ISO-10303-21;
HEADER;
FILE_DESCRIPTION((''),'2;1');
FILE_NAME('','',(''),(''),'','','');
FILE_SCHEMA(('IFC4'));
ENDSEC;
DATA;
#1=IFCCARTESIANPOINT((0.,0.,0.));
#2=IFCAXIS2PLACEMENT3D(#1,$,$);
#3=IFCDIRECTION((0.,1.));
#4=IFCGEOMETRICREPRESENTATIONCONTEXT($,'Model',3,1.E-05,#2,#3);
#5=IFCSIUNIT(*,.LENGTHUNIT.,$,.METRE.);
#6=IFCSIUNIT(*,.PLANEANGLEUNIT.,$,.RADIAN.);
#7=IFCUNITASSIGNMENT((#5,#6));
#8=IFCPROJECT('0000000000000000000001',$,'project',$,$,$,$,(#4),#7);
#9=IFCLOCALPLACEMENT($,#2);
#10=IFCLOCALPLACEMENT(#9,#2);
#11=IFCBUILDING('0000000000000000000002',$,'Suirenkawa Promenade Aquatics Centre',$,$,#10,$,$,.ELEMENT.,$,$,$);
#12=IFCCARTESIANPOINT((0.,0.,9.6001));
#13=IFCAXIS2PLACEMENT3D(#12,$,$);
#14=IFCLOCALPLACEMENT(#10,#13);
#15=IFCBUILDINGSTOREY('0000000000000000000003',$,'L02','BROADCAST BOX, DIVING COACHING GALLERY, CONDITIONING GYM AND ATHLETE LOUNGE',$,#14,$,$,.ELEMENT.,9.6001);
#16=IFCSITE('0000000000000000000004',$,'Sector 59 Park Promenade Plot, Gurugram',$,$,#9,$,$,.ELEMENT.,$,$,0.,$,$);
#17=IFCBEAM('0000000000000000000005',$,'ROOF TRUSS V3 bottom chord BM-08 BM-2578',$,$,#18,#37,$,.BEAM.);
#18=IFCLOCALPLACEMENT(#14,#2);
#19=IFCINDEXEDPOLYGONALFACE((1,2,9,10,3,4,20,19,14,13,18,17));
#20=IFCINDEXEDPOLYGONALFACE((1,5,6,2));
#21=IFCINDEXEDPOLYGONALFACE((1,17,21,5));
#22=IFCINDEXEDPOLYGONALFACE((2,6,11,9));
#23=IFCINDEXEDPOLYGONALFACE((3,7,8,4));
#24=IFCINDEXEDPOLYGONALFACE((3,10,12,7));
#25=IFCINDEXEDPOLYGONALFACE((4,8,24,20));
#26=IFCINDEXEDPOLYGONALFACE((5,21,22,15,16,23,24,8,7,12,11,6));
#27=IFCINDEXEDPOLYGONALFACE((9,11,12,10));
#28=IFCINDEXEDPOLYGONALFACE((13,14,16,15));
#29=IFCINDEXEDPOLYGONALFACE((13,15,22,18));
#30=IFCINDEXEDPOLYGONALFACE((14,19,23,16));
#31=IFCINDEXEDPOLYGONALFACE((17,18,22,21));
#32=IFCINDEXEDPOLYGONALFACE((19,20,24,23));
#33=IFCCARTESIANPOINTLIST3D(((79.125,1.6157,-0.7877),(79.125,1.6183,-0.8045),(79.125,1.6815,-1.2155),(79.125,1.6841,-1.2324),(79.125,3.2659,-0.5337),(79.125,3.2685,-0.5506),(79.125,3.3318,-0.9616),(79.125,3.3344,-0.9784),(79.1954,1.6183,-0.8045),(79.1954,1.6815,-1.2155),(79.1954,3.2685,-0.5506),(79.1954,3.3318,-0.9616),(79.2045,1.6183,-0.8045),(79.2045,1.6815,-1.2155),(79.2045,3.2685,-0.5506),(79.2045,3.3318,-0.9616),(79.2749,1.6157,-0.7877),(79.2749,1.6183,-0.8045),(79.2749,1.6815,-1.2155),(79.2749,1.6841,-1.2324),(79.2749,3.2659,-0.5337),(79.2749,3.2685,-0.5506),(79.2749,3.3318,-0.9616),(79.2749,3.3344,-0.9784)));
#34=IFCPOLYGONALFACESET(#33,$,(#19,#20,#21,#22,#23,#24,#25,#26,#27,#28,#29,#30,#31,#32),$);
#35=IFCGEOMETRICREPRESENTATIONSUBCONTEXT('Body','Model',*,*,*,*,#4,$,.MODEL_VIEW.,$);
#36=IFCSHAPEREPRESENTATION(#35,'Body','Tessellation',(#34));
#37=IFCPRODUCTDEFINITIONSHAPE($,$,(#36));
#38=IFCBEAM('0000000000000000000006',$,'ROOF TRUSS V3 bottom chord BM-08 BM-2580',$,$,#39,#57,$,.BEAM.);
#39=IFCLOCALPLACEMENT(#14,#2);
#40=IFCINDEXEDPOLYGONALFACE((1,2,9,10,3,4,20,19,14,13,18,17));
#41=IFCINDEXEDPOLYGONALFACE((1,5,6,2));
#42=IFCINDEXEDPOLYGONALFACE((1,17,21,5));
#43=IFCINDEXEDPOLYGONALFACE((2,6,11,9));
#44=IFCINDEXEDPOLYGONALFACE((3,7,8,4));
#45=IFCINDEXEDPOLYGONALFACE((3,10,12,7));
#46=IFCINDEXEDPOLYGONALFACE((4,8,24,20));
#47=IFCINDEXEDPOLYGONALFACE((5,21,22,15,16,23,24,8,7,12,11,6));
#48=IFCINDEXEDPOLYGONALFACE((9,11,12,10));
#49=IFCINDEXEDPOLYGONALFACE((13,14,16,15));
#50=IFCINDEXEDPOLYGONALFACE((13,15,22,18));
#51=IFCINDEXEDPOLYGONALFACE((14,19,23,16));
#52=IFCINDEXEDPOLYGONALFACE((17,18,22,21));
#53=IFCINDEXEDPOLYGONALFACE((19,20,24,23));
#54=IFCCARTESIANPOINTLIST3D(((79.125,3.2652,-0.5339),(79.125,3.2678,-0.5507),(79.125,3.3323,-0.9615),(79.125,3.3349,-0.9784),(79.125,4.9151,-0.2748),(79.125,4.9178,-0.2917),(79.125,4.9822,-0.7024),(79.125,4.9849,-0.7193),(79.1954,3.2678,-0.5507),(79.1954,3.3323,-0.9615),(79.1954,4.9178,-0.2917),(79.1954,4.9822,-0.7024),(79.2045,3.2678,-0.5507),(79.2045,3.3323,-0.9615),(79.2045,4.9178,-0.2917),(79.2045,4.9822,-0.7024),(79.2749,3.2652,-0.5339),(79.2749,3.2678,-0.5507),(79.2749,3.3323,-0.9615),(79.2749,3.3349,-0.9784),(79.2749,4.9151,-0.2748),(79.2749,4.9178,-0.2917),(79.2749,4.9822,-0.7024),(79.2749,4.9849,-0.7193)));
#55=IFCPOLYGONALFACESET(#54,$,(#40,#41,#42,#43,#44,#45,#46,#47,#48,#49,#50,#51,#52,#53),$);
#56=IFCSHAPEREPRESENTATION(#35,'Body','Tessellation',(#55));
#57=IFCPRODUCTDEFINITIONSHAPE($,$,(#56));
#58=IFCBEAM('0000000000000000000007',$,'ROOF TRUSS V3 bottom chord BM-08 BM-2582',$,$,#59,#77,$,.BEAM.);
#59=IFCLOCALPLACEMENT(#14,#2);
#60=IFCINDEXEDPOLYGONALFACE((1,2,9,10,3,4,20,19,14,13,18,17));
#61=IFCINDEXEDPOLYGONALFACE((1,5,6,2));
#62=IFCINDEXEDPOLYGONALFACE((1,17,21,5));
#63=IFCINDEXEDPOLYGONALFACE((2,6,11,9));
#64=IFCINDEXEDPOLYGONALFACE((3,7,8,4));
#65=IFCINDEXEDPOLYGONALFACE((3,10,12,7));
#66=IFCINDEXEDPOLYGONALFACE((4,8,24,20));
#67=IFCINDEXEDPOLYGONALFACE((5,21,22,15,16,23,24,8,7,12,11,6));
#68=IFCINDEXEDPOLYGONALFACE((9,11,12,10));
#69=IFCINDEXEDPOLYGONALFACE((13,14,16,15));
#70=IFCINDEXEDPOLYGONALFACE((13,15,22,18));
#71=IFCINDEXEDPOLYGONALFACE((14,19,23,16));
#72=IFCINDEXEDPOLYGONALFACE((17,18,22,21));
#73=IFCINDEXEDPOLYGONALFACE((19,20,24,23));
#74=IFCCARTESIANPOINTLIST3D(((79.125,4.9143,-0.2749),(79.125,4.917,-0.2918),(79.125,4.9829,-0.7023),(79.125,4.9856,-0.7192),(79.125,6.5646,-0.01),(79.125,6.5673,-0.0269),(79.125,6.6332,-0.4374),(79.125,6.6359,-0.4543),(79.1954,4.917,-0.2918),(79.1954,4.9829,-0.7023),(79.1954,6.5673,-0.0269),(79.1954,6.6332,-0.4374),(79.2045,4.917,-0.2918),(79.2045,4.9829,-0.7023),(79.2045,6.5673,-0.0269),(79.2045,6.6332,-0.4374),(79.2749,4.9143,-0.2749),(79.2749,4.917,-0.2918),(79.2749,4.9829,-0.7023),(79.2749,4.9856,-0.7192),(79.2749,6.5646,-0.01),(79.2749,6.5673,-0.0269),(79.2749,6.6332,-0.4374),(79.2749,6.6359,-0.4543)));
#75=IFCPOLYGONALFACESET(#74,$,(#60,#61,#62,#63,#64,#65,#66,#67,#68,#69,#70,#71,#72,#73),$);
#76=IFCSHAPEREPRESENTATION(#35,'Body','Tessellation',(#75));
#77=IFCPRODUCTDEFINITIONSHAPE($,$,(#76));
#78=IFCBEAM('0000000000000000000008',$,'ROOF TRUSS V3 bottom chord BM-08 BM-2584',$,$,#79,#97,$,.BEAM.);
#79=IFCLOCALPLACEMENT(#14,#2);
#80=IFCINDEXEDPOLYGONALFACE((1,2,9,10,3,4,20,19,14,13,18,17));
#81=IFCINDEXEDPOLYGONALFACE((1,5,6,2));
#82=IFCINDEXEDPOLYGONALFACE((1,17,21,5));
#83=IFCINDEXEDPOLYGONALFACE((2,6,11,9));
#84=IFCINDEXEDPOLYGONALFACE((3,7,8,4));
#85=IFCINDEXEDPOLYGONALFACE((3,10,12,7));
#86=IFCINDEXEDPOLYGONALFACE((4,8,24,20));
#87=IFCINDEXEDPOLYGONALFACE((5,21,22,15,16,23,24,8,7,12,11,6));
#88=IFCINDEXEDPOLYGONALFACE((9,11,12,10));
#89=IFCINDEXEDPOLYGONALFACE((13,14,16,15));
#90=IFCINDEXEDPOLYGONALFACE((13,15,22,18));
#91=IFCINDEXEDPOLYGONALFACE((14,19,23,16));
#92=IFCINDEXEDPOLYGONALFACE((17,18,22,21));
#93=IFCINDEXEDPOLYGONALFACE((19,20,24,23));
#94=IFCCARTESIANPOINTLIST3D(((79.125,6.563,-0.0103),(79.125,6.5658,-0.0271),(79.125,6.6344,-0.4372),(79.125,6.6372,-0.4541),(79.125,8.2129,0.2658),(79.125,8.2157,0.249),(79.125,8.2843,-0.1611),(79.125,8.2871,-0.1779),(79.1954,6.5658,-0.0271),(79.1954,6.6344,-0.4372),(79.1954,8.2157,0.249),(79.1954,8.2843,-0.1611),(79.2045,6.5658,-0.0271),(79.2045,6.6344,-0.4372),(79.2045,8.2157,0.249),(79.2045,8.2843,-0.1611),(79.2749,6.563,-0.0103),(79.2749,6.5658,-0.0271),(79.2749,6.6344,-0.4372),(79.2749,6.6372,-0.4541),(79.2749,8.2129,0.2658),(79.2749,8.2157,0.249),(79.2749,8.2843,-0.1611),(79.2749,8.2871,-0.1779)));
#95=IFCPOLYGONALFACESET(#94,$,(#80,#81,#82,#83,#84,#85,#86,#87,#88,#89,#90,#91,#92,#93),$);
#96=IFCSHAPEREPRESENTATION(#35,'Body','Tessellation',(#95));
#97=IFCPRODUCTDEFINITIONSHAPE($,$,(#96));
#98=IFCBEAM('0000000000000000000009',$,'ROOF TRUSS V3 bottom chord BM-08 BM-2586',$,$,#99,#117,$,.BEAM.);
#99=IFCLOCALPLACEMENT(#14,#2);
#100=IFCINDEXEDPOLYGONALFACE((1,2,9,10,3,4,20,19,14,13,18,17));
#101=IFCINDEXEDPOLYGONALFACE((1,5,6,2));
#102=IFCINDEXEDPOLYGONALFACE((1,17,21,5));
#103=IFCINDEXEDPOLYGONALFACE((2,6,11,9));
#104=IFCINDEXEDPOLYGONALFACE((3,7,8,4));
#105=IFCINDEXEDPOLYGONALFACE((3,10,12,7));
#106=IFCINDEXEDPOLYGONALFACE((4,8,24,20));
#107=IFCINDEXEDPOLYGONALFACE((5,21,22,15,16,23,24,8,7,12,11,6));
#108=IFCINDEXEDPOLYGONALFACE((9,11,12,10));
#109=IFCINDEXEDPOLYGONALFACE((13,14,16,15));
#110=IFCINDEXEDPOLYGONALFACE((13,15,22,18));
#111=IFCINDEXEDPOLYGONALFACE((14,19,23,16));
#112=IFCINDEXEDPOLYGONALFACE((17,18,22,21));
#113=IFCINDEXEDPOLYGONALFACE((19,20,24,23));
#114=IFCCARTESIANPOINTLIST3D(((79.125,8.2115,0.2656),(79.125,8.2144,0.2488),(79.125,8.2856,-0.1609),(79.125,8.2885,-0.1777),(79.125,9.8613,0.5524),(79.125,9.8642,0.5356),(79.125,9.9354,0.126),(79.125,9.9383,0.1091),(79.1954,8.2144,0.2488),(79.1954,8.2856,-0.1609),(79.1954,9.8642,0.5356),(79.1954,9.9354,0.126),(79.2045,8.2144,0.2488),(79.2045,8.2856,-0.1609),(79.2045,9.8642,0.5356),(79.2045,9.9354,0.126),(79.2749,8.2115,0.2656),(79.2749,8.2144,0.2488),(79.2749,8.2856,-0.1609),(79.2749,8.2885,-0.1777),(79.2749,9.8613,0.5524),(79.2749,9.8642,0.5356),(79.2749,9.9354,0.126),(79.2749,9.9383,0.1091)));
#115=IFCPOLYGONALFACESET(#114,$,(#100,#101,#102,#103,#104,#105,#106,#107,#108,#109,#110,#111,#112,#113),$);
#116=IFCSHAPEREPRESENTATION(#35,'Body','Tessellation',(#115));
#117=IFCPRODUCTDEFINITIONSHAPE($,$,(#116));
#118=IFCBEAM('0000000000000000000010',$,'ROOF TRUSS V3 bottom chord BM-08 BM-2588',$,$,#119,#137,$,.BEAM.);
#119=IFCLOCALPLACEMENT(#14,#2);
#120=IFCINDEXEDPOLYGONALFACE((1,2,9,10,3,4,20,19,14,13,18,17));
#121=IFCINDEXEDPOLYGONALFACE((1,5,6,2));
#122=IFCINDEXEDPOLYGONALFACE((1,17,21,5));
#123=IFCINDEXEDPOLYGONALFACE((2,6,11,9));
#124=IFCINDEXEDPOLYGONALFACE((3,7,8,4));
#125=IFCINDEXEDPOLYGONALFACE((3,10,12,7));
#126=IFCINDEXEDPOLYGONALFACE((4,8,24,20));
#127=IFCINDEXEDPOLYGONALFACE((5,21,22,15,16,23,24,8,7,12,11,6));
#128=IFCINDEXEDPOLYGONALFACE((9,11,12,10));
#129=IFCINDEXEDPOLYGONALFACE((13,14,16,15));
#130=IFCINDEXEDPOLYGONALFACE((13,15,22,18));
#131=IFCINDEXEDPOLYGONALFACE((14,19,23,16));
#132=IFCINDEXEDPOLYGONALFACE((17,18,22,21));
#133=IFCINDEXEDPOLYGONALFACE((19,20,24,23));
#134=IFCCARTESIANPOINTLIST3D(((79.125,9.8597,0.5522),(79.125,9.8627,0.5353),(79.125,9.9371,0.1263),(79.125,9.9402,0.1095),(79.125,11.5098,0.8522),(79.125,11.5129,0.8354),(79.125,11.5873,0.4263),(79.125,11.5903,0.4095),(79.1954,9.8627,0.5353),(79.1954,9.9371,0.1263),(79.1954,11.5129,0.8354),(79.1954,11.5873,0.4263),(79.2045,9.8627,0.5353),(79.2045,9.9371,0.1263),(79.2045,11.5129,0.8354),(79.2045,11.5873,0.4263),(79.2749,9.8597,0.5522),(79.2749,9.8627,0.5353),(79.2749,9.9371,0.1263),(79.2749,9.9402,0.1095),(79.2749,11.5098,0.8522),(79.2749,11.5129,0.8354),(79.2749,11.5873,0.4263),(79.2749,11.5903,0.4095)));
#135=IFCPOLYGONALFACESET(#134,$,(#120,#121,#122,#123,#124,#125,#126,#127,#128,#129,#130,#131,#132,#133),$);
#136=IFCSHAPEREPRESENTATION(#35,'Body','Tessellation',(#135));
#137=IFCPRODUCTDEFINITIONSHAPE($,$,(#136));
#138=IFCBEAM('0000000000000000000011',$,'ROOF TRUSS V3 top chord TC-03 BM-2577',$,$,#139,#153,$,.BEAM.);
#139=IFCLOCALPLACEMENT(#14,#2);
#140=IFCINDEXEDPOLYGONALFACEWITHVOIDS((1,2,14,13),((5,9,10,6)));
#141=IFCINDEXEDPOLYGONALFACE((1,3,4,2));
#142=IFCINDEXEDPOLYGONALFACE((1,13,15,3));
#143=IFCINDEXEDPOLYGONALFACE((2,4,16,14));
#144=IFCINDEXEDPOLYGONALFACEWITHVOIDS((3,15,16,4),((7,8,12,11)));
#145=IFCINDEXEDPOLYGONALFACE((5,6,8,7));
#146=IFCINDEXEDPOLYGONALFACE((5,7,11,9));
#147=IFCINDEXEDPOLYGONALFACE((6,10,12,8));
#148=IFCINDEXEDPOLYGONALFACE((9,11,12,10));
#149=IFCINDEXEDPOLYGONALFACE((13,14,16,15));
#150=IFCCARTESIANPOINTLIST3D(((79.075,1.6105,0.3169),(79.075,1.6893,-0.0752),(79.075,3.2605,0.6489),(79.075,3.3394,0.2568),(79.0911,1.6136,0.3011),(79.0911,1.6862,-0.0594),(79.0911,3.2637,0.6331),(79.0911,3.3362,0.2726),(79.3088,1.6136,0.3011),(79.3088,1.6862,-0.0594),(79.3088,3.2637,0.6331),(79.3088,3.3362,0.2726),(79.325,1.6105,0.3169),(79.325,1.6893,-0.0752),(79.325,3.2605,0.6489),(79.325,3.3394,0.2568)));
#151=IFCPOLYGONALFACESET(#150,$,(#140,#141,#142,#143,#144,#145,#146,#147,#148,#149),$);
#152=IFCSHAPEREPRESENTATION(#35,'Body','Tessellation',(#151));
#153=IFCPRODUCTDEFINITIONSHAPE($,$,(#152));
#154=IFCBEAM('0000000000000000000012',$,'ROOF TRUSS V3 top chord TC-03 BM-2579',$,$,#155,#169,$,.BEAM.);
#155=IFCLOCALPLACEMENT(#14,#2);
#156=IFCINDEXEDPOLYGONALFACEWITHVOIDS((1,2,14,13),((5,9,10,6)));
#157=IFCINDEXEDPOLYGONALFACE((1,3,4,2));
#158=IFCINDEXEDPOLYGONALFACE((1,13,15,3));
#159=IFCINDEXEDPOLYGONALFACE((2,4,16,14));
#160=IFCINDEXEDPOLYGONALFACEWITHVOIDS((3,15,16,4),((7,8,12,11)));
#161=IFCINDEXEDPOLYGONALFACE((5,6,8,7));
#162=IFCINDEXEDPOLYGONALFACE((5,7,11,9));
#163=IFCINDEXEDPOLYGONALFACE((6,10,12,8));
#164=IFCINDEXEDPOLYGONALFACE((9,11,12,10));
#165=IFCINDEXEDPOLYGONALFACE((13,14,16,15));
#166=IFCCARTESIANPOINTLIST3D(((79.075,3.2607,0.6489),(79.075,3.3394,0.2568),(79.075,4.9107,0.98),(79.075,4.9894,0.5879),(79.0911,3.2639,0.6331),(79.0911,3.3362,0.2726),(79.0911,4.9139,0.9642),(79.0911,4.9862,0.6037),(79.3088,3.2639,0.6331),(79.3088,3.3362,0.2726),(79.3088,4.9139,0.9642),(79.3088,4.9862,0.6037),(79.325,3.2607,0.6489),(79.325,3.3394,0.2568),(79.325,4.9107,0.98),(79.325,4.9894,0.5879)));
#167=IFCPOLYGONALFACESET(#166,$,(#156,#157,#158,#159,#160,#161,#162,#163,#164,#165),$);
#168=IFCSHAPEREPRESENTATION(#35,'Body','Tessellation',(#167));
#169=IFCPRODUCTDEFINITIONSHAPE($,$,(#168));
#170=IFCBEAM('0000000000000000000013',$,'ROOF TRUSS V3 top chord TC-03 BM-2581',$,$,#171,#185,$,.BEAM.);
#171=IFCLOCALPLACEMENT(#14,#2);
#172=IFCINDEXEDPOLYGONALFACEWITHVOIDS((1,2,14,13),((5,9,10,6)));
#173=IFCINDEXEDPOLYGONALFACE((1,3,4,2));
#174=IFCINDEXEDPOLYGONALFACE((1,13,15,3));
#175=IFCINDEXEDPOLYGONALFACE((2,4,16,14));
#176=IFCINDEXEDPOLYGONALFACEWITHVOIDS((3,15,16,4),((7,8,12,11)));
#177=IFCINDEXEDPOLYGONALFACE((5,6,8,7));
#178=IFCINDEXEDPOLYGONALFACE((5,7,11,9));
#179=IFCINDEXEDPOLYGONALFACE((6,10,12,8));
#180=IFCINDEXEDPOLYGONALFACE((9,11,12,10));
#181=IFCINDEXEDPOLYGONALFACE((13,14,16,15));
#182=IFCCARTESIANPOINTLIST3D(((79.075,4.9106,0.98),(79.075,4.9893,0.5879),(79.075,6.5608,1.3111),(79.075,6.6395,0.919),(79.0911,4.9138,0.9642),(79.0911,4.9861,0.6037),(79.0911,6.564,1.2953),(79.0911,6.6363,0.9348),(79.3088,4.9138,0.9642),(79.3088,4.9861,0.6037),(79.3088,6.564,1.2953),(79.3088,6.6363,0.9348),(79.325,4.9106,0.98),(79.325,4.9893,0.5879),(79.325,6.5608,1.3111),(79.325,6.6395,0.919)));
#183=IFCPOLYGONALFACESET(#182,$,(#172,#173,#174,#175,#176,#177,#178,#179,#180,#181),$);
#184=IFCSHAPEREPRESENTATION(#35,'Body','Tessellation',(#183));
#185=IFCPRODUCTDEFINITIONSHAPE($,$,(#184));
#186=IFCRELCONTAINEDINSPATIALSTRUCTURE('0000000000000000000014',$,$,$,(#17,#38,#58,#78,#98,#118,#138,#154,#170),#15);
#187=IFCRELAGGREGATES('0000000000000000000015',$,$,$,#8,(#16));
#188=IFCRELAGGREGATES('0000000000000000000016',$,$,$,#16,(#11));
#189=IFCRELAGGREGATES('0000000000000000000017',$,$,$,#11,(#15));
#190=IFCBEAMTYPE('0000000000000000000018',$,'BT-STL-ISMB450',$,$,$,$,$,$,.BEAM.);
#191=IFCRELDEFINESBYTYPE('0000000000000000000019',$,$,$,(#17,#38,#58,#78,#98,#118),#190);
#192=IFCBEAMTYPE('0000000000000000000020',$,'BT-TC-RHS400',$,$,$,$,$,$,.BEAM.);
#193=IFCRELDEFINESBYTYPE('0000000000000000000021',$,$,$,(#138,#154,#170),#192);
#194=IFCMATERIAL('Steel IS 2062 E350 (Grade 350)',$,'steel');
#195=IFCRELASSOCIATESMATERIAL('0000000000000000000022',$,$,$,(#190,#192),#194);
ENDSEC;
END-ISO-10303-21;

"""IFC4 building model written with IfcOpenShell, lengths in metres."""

from ifc_helpers import new_model, si_unit, direction, frame, origin, origin_2d, place, context, subcontext, project, spatial, hollow_rectangle, i_section, extrude, material, material_profile, profile_set, type_object, element, save


model = new_model("IFC4")

# Units and contexts
model_context = context("Model", 3, precision=1e-05, world=origin(), true_north=direction((0.0, 1.0)))
body_context = subcontext(model_context, "Body", "Model", "MODEL_VIEW")
ifc_project = project(units=[si_unit("LENGTHUNIT", "METRE"), si_unit("PLANEANGLEUNIT", "RADIAN")], contexts=[model_context])

# Site, building, storey
site_placement = place(None, origin())
site = spatial("IfcSite", under=ifc_project, at=site_placement, Name="Sector 59 Park Promenade Plot, Gurugram", CompositionType="ELEMENT", RefElevation=0.0)
building_placement = place(site_placement, origin())
building = spatial("IfcBuilding", under=site, at=building_placement, Name="Suirenkawa Promenade Aquatics Centre", CompositionType="ELEMENT")
storey_placement = place(building_placement, frame((0.0, 0.0, 9.6001)))
storey = spatial("IfcBuildingStorey", under=building, at=storey_placement, Name="L02", Description="BROADCAST BOX, DIVING COACHING GALLERY, CONDITIONING GYM AND ATHLETE LOUNGE", CompositionType="ELEMENT", Elevation=9.6001)

# Beams
ifc_material = material(Name="Steel IS 2062 E350 (Grade 350)", Category="steel")
ifc_material_profile_1 = material_profile(ifc_material, i_section(OverallWidth=0.1499, OverallDepth=0.45, WebThickness=0.009, FlangeThickness=0.0171, at=origin_2d()), Name="ISMB 450", Category="steel")
ifc_profile_set_1 = profile_set([ifc_material_profile_1], Name="Steel IS 2062 E350 (Grade 350)")
beam_type_1 = type_object("IfcBeamType", Name="BT-STL-ISMB450", PredefinedType="BEAM", material=ifc_profile_set_1)
beam_1_placement = place(storey_placement, frame((79.2, 1.6499, -1.01), z_axis=(0.0, 0.988368, 0.152079), x_axis=(-1.0, 0.0, 0.0)))
element("IfcBeam", 1, at=beam_1_placement, inside=storey, type_object=beam_type_1, Name="ROOF TRUSS V3 bottom chord BM-08 BM-2578", PredefinedType="BEAM", context=body_context, shape_type="SweptSolid", body=[
    extrude(i_section(OverallWidth=0.1499, OverallDepth=0.45, WebThickness=0.009, FlangeThickness=0.0171, at=origin_2d()), origin(), (0.0, 0.0, 1.0), 1.6697),
])
beam_2_placement = place(storey_placement, frame((79.2, 3.3, -0.7561), z_axis=(0.0, 0.987899, 0.155099), x_axis=(-1.0, 0.0, 0.0)))
element("IfcBeam", 2, at=beam_2_placement, inside=storey, type_object=beam_type_1, Name="ROOF TRUSS V3 bottom chord BM-08 BM-2580", PredefinedType="BEAM", context=body_context, shape_type="SweptSolid", body=[
    extrude(i_section(OverallWidth=0.1499, OverallDepth=0.45, WebThickness=0.009, FlangeThickness=0.0171, at=origin_2d()), origin(), (0.0, 0.0, 1.0), 1.6702),
])
beam_3_placement = place(storey_placement, frame((79.2, 4.95, -0.4971), z_axis=(0.0, 0.987359, 0.158498), x_axis=(-1.0, 0.0, 0.0)))
element("IfcBeam", 3, at=beam_3_placement, inside=storey, type_object=beam_type_1, Name="ROOF TRUSS V3 bottom chord BM-08 BM-2582", PredefinedType="BEAM", context=body_context, shape_type="SweptSolid", body=[
    extrude(i_section(OverallWidth=0.1499, OverallDepth=0.45, WebThickness=0.009, FlangeThickness=0.0171, at=origin_2d()), origin(), (0.0, 0.0, 1.0), 1.6714),
])
beam_4_placement = place(storey_placement, frame((79.2, 6.6001, -0.2322), z_axis=(0.0, 0.986283, 0.165062), x_axis=(-1.0, 0.0, 0.0)))
element("IfcBeam", 4, at=beam_4_placement, inside=storey, type_object=beam_type_1, Name="ROOF TRUSS V3 bottom chord BM-08 BM-2584", PredefinedType="BEAM", context=body_context, shape_type="SweptSolid", body=[
    extrude(i_section(OverallWidth=0.1499, OverallDepth=0.45, WebThickness=0.009, FlangeThickness=0.0171, at=origin_2d()), origin(), (0.0, 0.0, 1.0), 1.6729),
])
beam_5_placement = place(storey_placement, frame((79.2, 8.25, 0.0439), z_axis=(0.0, 0.985219, 0.171298), x_axis=(-1.0, 0.0, 0.0)))
element("IfcBeam", 5, at=beam_5_placement, inside=storey, type_object=beam_type_1, Name="ROOF TRUSS V3 bottom chord BM-08 BM-2586", PredefinedType="BEAM", context=body_context, shape_type="SweptSolid", body=[
    extrude(i_section(OverallWidth=0.1499, OverallDepth=0.45, WebThickness=0.009, FlangeThickness=0.0171, at=origin_2d()), origin(), (0.0, 0.0, 1.0), 1.6746),
])
beam_6_placement = place(storey_placement, frame((79.2, 9.8999, 0.3308), z_axis=(0.0, 0.983868, 0.178898), x_axis=(-1.0, 0.0, 0.0)))
element("IfcBeam", 6, at=beam_6_placement, inside=storey, type_object=beam_type_1, Name="ROOF TRUSS V3 bottom chord BM-08 BM-2588", PredefinedType="BEAM", context=body_context, shape_type="SweptSolid", body=[
    extrude(i_section(OverallWidth=0.1499, OverallDepth=0.45, WebThickness=0.009, FlangeThickness=0.0171, at=origin_2d()), origin(), (0.0, 0.0, 1.0), 1.6772),
])
ifc_material_profile_2 = material_profile(ifc_material, hollow_rectangle(XDim=0.25, YDim=0.3999, WallThickness=0.0161, at=origin_2d()), Name="RHS 400x250x16", Category="steel")
ifc_profile_set_2 = profile_set([ifc_material_profile_2], Name="Steel IS 2062 E350 (Grade 350)")
beam_type_2 = type_object("IfcBeamType", Name="BT-TC-RHS400", PredefinedType="BEAM", material=ifc_profile_set_2)
beam_7_placement = place(storey_placement, frame((79.2, 1.6499, 0.1208), z_axis=(0.0, 0.980351, 0.19726), x_axis=(-1.0, 0.0, 0.0)))
element("IfcBeam", 7, at=beam_7_placement, inside=storey, type_object=beam_type_2, Name="ROOF TRUSS V3 top chord TC-03 BM-2577", PredefinedType="BEAM", context=body_context, shape_type="SweptSolid", body=[
    extrude(hollow_rectangle(XDim=0.25, YDim=0.3999, WallThickness=0.0161, at=origin_2d()), origin(), (0.0, 0.0, 1.0), 1.6831),
])
beam_8_placement = place(storey_placement, frame((79.2, 3.3, 0.4529), z_axis=(0.0, 0.980458, 0.19673), x_axis=(-1.0, 0.0, 0.0)))
element("IfcBeam", 8, at=beam_8_placement, inside=storey, type_object=beam_type_2, Name="ROOF TRUSS V3 top chord TC-03 BM-2579", PredefinedType="BEAM", context=body_context, shape_type="SweptSolid", body=[
    extrude(hollow_rectangle(XDim=0.25, YDim=0.3999, WallThickness=0.0161, at=origin_2d()), origin(), (0.0, 0.0, 1.0), 1.6829),
])
beam_9_placement = place(storey_placement, frame((79.2, 4.95, 0.7839), z_axis=(0.0, 0.980463, 0.196702), x_axis=(-1.0, 0.0, 0.0)))
element("IfcBeam", 9, at=beam_9_placement, inside=storey, type_object=beam_type_2, Name="ROOF TRUSS V3 top chord TC-03 BM-2581", PredefinedType="BEAM", context=body_context, shape_type="SweptSolid", body=[
    extrude(hollow_rectangle(XDim=0.25, YDim=0.3999, WallThickness=0.0161, at=origin_2d()), origin(), (0.0, 0.0, 1.0), 1.6831),
])

save(model, "model.ifc")
